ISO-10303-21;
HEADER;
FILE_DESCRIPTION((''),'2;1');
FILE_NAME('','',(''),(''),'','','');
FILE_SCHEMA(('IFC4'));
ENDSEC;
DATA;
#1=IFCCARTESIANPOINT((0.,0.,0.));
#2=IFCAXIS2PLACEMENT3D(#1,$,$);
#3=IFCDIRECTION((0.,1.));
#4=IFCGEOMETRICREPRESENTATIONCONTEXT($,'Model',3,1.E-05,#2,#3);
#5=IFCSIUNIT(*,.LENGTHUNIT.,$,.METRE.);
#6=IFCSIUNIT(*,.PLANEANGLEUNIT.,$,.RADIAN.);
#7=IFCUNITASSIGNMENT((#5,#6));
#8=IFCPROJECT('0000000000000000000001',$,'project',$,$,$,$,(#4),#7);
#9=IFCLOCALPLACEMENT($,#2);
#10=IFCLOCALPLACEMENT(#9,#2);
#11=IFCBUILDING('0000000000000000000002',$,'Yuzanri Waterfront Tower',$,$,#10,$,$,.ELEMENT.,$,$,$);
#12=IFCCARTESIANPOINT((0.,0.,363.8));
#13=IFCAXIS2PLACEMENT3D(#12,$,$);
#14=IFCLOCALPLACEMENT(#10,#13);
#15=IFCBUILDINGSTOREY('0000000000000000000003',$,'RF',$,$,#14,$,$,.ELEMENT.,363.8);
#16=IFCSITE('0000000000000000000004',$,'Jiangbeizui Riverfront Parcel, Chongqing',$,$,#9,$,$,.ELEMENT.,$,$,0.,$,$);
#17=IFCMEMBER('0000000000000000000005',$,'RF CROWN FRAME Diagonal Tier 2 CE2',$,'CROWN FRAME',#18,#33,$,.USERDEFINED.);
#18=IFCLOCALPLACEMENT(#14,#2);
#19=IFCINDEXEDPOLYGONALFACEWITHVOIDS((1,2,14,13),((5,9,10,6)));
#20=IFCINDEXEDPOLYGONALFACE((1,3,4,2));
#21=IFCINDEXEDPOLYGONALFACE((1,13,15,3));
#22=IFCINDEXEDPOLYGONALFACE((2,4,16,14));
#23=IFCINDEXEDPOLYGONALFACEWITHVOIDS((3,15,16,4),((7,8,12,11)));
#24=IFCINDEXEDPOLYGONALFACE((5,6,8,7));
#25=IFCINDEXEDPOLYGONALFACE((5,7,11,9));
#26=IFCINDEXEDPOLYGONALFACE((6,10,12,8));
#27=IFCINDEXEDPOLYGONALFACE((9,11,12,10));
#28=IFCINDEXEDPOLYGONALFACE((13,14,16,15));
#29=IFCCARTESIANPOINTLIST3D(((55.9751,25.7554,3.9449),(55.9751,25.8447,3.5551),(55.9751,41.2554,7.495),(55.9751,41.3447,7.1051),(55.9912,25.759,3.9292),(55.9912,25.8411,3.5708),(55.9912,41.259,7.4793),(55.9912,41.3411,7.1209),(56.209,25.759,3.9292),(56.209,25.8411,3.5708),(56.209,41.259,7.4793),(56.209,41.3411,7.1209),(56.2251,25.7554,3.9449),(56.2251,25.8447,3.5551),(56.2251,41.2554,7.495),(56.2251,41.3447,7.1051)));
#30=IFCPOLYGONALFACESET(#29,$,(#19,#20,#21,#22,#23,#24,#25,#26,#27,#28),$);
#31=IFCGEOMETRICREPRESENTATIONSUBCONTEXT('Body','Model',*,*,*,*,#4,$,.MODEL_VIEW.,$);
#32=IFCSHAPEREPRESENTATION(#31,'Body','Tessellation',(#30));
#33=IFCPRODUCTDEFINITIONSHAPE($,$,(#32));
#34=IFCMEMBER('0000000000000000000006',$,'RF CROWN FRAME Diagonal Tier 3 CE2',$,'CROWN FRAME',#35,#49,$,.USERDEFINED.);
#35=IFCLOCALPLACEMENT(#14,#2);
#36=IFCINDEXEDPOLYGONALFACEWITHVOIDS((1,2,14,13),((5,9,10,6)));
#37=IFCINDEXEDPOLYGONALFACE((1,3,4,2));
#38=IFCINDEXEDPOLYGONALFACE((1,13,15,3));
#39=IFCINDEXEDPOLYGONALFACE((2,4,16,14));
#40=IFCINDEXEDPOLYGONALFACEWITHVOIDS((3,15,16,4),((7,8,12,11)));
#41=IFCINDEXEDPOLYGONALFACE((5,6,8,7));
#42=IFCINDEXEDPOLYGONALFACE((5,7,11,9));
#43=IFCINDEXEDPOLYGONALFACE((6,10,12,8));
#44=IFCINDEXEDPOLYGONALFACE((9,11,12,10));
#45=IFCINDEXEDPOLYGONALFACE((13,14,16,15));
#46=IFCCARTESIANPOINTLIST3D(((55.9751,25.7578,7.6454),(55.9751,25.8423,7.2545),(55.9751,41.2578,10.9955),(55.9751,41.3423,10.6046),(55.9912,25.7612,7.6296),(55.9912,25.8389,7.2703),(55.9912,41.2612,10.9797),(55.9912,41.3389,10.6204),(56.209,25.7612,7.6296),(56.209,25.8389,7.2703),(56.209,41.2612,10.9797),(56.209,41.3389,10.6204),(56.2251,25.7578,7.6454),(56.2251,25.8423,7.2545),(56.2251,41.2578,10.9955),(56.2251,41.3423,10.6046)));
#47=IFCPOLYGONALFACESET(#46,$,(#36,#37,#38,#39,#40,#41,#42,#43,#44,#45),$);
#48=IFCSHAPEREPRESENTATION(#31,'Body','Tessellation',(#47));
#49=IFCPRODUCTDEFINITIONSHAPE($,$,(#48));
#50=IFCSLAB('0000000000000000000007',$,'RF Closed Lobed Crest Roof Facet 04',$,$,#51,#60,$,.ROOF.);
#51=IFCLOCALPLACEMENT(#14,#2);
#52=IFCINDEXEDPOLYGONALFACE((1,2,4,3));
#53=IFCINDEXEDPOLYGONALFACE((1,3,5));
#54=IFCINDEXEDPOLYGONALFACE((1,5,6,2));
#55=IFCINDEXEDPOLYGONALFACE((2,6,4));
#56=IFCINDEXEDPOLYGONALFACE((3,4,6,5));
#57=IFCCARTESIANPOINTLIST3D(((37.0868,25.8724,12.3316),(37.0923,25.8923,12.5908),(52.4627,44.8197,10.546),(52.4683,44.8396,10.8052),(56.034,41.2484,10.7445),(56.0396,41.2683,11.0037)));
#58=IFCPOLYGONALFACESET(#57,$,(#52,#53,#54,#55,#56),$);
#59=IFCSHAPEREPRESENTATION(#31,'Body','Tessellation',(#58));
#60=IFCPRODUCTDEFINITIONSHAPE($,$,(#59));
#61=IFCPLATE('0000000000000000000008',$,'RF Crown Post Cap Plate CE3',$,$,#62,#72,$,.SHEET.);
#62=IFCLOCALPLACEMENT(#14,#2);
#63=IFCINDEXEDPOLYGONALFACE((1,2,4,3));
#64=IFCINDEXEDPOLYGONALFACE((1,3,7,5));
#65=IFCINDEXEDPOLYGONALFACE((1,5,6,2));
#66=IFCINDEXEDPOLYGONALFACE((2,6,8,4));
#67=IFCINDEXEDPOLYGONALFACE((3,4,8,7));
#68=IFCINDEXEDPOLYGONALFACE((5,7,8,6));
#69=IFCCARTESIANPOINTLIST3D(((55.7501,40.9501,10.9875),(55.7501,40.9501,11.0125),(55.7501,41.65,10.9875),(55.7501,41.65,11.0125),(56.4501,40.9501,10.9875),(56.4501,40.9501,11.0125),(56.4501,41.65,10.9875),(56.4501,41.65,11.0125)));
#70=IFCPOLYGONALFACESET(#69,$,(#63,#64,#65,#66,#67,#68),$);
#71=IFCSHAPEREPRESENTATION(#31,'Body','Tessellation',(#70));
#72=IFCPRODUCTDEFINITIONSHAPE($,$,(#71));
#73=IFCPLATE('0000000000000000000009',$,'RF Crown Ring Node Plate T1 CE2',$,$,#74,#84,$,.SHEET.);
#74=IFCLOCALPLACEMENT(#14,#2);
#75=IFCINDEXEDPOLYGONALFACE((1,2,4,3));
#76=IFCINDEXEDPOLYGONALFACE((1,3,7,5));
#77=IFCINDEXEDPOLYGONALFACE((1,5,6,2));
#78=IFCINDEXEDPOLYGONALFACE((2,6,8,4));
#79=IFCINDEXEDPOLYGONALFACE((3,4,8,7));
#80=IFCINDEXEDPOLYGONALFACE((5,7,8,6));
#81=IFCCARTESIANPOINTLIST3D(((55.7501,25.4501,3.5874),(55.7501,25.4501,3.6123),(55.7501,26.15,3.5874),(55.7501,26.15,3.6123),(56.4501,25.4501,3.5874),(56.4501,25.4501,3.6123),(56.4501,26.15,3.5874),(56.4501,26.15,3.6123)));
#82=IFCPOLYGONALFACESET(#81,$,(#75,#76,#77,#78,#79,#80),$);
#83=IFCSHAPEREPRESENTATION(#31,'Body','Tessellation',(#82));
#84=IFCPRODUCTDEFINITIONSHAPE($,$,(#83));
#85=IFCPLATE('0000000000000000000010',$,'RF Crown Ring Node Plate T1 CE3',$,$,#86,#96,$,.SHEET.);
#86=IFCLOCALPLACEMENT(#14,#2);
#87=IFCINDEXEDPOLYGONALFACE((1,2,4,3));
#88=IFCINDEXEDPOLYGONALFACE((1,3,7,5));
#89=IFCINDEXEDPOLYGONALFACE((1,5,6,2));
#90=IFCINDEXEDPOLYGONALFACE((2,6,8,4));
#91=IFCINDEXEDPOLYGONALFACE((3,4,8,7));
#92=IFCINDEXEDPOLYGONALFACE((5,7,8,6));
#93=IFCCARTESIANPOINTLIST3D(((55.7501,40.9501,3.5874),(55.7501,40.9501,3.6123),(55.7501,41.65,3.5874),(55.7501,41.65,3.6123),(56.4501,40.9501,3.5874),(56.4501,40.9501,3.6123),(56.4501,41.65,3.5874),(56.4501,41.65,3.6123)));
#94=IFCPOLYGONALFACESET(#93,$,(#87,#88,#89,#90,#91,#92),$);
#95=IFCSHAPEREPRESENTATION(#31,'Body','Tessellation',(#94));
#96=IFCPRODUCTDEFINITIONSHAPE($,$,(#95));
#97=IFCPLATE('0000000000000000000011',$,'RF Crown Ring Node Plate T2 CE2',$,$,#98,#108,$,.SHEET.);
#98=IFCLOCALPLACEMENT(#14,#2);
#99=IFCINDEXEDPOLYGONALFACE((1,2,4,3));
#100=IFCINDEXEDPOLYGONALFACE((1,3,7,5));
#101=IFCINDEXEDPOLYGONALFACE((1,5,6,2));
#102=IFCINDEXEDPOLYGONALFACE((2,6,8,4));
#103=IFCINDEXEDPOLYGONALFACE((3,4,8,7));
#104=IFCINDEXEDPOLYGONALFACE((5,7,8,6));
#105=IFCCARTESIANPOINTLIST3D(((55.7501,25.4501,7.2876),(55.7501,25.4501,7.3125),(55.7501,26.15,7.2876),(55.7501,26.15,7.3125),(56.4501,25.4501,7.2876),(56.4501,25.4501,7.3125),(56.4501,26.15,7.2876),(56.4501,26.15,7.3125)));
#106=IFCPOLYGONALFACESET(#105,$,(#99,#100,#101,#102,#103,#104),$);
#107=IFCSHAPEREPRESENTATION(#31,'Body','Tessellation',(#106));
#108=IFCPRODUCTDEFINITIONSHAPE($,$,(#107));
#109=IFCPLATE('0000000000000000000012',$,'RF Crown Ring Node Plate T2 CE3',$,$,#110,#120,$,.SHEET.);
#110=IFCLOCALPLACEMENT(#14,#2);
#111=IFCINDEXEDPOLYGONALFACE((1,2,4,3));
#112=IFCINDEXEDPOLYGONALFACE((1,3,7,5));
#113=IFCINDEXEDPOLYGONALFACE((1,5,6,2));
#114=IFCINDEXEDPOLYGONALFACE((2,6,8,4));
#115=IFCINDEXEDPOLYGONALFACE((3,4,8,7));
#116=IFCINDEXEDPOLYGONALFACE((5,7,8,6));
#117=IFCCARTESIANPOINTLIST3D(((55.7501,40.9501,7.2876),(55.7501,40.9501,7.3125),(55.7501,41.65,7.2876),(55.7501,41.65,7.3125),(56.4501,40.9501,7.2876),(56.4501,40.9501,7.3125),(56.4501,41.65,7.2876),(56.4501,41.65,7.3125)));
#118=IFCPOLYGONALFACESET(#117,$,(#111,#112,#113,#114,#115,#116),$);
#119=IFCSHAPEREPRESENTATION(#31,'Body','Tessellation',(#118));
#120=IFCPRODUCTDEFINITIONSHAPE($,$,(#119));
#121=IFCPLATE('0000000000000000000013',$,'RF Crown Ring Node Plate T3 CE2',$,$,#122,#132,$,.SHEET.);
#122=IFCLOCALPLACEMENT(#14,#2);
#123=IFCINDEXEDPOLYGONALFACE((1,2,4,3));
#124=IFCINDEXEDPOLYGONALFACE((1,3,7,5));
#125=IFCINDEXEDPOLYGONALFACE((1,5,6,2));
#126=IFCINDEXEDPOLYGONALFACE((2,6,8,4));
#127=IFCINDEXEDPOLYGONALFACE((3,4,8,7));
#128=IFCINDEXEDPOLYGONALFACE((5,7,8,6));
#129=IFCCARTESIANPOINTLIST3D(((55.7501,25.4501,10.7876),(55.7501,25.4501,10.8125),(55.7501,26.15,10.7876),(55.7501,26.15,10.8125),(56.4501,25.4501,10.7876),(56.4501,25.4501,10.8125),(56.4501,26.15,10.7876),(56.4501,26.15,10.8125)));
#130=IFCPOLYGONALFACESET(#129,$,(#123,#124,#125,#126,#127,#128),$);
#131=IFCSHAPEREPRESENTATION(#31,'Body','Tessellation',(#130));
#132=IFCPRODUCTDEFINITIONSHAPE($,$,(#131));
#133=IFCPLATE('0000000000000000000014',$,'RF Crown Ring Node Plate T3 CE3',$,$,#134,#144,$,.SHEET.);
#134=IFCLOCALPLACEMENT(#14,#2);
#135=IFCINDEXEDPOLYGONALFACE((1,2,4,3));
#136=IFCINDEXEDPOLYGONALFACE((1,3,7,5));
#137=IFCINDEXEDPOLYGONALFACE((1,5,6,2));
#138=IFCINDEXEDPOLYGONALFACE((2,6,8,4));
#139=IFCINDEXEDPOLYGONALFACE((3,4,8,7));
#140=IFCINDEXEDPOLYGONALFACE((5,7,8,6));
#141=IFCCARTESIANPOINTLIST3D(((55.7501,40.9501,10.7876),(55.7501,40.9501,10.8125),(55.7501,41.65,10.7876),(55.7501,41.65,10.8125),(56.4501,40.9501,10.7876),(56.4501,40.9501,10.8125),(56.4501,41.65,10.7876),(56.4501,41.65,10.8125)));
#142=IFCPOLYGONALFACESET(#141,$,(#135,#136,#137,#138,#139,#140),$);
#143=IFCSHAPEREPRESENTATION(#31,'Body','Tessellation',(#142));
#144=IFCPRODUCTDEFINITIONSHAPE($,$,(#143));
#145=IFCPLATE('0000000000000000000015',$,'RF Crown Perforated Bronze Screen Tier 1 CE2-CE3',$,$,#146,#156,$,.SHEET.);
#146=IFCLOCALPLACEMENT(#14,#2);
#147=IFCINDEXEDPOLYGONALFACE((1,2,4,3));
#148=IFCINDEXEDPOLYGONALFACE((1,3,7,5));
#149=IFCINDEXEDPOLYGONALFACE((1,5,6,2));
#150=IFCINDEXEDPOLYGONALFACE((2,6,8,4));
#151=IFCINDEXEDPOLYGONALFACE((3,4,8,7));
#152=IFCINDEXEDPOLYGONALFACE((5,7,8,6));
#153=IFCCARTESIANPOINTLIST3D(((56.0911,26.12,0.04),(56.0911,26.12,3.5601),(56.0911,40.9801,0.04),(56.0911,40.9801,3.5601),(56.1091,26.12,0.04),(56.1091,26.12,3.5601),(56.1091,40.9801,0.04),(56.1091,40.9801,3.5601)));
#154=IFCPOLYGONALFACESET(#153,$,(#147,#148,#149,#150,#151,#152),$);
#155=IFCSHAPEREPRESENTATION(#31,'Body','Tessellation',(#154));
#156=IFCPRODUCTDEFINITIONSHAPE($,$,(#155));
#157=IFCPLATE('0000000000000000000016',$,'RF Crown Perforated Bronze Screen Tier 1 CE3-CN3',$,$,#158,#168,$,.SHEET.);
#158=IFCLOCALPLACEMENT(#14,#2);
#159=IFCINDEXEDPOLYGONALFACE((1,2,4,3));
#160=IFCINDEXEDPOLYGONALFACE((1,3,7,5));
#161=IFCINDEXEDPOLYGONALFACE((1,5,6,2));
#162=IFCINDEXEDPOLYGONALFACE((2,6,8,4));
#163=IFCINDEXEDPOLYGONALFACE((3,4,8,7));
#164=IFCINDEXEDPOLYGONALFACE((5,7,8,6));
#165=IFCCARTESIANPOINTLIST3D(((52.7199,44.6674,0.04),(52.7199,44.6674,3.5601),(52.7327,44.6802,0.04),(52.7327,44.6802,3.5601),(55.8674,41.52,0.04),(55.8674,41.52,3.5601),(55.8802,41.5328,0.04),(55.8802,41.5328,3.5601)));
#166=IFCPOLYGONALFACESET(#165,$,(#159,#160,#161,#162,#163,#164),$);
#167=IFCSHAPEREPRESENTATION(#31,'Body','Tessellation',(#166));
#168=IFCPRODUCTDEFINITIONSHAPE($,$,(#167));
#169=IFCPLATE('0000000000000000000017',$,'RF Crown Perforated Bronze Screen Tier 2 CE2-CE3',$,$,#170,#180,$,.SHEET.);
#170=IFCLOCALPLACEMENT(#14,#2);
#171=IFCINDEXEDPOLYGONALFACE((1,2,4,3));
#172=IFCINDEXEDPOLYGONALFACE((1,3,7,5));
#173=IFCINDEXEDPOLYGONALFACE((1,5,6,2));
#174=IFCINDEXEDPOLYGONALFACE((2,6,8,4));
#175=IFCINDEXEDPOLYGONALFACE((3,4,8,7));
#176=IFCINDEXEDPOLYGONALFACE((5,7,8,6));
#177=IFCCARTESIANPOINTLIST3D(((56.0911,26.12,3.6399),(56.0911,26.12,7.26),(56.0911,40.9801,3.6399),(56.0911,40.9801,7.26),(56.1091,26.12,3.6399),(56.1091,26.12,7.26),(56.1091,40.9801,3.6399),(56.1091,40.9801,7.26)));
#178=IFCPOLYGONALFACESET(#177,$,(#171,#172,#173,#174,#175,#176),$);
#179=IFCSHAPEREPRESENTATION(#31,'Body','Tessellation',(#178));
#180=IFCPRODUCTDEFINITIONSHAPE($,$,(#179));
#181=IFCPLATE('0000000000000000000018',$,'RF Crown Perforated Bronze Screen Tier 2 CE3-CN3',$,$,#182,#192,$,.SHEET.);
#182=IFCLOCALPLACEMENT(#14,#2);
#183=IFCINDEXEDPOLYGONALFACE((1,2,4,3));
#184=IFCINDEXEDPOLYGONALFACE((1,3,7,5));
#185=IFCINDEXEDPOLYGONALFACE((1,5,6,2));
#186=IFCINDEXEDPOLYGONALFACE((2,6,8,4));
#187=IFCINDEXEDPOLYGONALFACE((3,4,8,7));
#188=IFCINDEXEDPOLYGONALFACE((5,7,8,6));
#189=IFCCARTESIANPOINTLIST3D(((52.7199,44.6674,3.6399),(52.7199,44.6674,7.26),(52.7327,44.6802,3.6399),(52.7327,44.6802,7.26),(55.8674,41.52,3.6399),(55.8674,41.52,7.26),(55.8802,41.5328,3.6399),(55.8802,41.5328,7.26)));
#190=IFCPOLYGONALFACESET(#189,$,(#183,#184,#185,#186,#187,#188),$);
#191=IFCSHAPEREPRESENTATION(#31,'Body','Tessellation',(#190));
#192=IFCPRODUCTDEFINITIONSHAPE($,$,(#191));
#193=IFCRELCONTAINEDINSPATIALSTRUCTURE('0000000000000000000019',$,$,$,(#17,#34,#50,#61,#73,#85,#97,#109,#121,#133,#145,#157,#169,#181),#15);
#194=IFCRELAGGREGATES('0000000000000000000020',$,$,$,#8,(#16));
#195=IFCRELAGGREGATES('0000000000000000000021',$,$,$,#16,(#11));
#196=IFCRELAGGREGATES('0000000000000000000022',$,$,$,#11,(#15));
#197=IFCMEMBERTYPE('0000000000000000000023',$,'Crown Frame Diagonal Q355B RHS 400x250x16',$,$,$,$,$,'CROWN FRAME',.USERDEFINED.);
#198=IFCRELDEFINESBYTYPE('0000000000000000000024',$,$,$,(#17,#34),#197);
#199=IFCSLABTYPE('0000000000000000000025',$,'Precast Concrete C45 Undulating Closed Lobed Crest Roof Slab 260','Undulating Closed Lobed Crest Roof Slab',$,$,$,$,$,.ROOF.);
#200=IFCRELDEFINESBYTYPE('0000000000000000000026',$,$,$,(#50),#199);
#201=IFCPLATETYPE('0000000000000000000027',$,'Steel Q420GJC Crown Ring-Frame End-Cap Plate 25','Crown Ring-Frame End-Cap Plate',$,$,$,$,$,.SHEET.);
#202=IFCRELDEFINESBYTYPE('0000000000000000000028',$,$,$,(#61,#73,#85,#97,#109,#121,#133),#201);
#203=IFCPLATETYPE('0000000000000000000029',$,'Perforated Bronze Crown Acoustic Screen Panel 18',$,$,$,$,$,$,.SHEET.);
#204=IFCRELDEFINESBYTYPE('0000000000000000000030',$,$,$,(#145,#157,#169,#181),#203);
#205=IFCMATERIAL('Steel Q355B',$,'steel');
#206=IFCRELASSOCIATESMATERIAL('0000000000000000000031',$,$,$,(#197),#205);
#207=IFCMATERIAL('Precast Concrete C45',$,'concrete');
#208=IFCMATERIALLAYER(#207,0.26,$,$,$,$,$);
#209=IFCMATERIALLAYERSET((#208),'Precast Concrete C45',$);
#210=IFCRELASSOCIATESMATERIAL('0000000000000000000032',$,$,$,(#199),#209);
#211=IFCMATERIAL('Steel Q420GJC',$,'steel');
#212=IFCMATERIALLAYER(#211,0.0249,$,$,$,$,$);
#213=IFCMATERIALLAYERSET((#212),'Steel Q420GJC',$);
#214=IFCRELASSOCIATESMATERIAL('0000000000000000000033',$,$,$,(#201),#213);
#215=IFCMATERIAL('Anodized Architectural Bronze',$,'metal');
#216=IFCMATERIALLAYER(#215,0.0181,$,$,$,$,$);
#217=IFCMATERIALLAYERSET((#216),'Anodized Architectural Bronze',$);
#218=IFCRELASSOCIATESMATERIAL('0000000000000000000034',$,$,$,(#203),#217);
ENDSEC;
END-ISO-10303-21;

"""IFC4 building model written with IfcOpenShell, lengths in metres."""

from ifc_helpers import new_model, si_unit, direction, frame, origin, origin_2d, place, context, subcontext, project, spatial, polyline, rectangle, hollow_rectangle, outline, extrude, source, transform, mapped, material, layer, layer_set, material_profile, profile_set, type_object, element, save


model = new_model("IFC4")

# Units and contexts
model_context = context("Model", 3, precision=1e-05, world=origin(), true_north=direction((0.0, 1.0)))
body_context = subcontext(model_context, "Body", "Model", "MODEL_VIEW")
ifc_project = project(units=[si_unit("LENGTHUNIT", "METRE"), si_unit("PLANEANGLEUNIT", "RADIAN")], contexts=[model_context])

# Site, building, storey
site_placement = place(None, origin())
site = spatial("IfcSite", under=ifc_project, at=site_placement, Name="Jiangbeizui Riverfront Parcel, Chongqing", CompositionType="ELEMENT", RefElevation=0.0)
building_placement = place(site_placement, origin())
building = spatial("IfcBuilding", under=site, at=building_placement, Name="Yuzanri Waterfront Tower", CompositionType="ELEMENT")
storey_placement = place(building_placement, frame((0.0, 0.0, 363.8)))
storey = spatial("IfcBuildingStorey", under=building, at=storey_placement, Name="RF", CompositionType="ELEMENT", Elevation=363.8)

# Members
ifc_material_1 = material(Name="Steel Q355B", Category="steel")
ifc_material_profile_1 = material_profile(ifc_material_1, hollow_rectangle(XDim=0.25, YDim=0.3999, WallThickness=0.0161, at=origin_2d()), Name="RHS 400x250x16")
ifc_profile_set_1 = profile_set([ifc_material_profile_1], Name="Steel Q355B")
member_type_1 = type_object("IfcMemberType", Name="Crown Frame Diagonal Q355B RHS 400x250x16", ElementType="CROWN FRAME", PredefinedType="USERDEFINED", material=ifc_profile_set_1)
shared_shape_1 = source(origin(), body_context, "Body", "SweptSolid", [
    extrude(hollow_rectangle(XDim=0.25, YDim=0.3999, WallThickness=0.0161, at=origin_2d()), origin(), (0.0, 0.0, 1.0), 15.9014),
])
member_1_placement = place(storey_placement, frame((56.1001, 25.8, 3.75), z_axis=(0.0, 0.97476, 0.223255), x_axis=(-1.0, 0.0, 0.0)))
element("IfcMember", 1, at=member_1_placement, inside=storey, type_object=member_type_1, Name="RF CROWN FRAME Diagonal Tier 2 CE2", ObjectType="CROWN FRAME", PredefinedType="USERDEFINED", context=body_context, shape_type="MappedRepresentation", body=[
    mapped(shared_shape_1, transform((0.0, 0.0, 0.0), scale=1.0)),
])
shared_shape_2 = source(origin(), body_context, "Body", "SweptSolid", [
    extrude(hollow_rectangle(XDim=0.25, YDim=0.3999, WallThickness=0.0161, at=origin_2d()), origin(), (0.0, 0.0, 1.0), 15.8579),
])
member_2_placement = place(storey_placement, frame((56.1001, 25.8, 7.45), z_axis=(0.0, 0.97743, 0.211257), x_axis=(-1.0, 0.0, 0.0)))
element("IfcMember", 2, at=member_2_placement, inside=storey, type_object=member_type_1, Name="RF CROWN FRAME Diagonal Tier 3 CE2", ObjectType="CROWN FRAME", PredefinedType="USERDEFINED", context=body_context, shape_type="MappedRepresentation", body=[
    mapped(shared_shape_2, transform((0.0, 0.0, 0.0), scale=1.0)),
])

# Slab
ifc_material_2 = material(Name="Precast Concrete C45", Category="concrete")
ifc_layer_1 = layer(ifc_material_2, 0.26)
ifc_layer_set_1 = layer_set([ifc_layer_1], Name="Precast Concrete C45")
slab_type = type_object("IfcSlabType", Name="Precast Concrete C45 Undulating Closed Lobed Crest Roof Slab 260", Description="Undulating Closed Lobed Crest Roof Slab", PredefinedType="ROOF", material=ifc_layer_set_1)
slab_placement = place(storey_placement, frame((56.0396, 41.2683, 11.0037), z_axis=(0.021276, 0.076678, 0.996829), x_axis=(-0.706561, 0.706561, -0.03927)))
element("IfcSlab", 3, at=slab_placement, inside=storey, type_object=slab_type, Name="RF Closed Lobed Crest Roof Facet 04", PredefinedType="ROOF", context=body_context, shape_type="SweptSolid", body=[
    extrude(outline(polyline([(0.0, 0.0), (5.0545, 0.0), (2.461, 24.3286), (0.0, 0.0)])), origin(), (0.0, 0.0, -1.0), 0.26),
])

# Plates
ifc_material_3 = material(Name="Steel Q420GJC", Category="steel")
ifc_layer_2 = layer(ifc_material_3, 0.0249)
ifc_layer_set_2 = layer_set([ifc_layer_2], Name="Steel Q420GJC")
plate_type_1 = type_object("IfcPlateType", Name="Steel Q420GJC Crown Ring-Frame End-Cap Plate 25", Description="Crown Ring-Frame End-Cap Plate", PredefinedType="SHEET", material=ifc_layer_set_2)
shared_shape_3 = source(origin(), body_context, "Body", "SweptSolid", [
    extrude(rectangle(XDim=0.7, YDim=0.7, at=origin_2d()), origin(), (0.0, 0.0, 1.0), 0.0249),
])
for number, where, z_axis, x_axis, name in (
    (4, (56.1001, 41.3, 10.9875), (0.0, 0.0, 1.0), (1.0, 0.0, 0.0), "RF Crown Post Cap Plate CE3"),
    (5, (56.1001, 25.8, 3.5874), (0.0, 0.0, 1.0), (1.0, 0.0, 0.0), "RF Crown Ring Node Plate T1 CE2"),
    (6, (56.1001, 41.3, 3.5874), (0.0, 0.0, 1.0), (1.0, 0.0, 0.0), "RF Crown Ring Node Plate T1 CE3"),
    (7, (56.1001, 25.8, 7.2876), (0.0, 0.0, 1.0), (1.0, 0.0, 0.0), "RF Crown Ring Node Plate T2 CE2"),
    (8, (56.1001, 41.3, 7.2876), (0.0, 0.0, 1.0), (1.0, 0.0, 0.0), "RF Crown Ring Node Plate T2 CE3"),
    (9, (56.1001, 25.8, 10.7876), (0.0, 0.0, 1.0), (1.0, 0.0, 0.0), "RF Crown Ring Node Plate T3 CE2"),
    (10, (56.1001, 41.3, 10.7876), (0.0, 0.0, 1.0), (1.0, 0.0, 0.0), "RF Crown Ring Node Plate T3 CE3"),
):
    element("IfcPlate", number, at=place(storey_placement, frame(where, z_axis=z_axis, x_axis=x_axis)), inside=storey, type_object=plate_type_1, Name=name, PredefinedType="SHEET", context=body_context, shape_type="MappedRepresentation", body=[
        mapped(shared_shape_3, transform((0.0, 0.0, 0.0), scale=1.0)),
    ])
ifc_material_4 = material(Name="Anodized Architectural Bronze", Category="metal")
ifc_layer_3 = layer(ifc_material_4, 0.0181)
ifc_layer_set_3 = layer_set([ifc_layer_3], Name="Anodized Architectural Bronze")
plate_type_2 = type_object("IfcPlateType", Name="Perforated Bronze Crown Acoustic Screen Panel 18", PredefinedType="SHEET", material=ifc_layer_set_3)
shared_shape_4 = source(origin(), body_context, "Body", "SweptSolid", [
    extrude(rectangle(XDim=14.8601, YDim=0.0181, at=origin_2d()), origin(), (0.0, 0.0, 1.0), 3.52),
])
plate_1_placement = place(storey_placement, frame((56.1001, 33.55, 0.04), z_axis=(0.0, 0.0, 1.0), x_axis=(0.0, 1.0, 0.0)))
element("IfcPlate", 11, at=plate_1_placement, inside=storey, type_object=plate_type_2, Name="RF Crown Perforated Bronze Screen Tier 1 CE2-CE3", PredefinedType="SHEET", context=body_context, shape_type="MappedRepresentation", body=[
    mapped(shared_shape_4, transform((0.0, 0.0, 0.0), scale=1.0)),
])
shared_shape_5 = source(origin(), body_context, "Body", "SweptSolid", [
    extrude(rectangle(XDim=4.4512, YDim=0.0181, at=origin_2d()), origin(), (0.0, 0.0, 1.0), 3.52),
])
plate_2_placement = place(storey_placement, frame((54.3, 43.1001, 0.04), z_axis=(0.0, 0.0, 1.0), x_axis=(-0.707107, 0.707107, 0.0)))
element("IfcPlate", 12, at=plate_2_placement, inside=storey, type_object=plate_type_2, Name="RF Crown Perforated Bronze Screen Tier 1 CE3-CN3", PredefinedType="SHEET", context=body_context, shape_type="MappedRepresentation", body=[
    mapped(shared_shape_5, transform((0.0, 0.0, 0.0), scale=1.0)),
])
shared_shape_6 = source(origin(), body_context, "Body", "SweptSolid", [
    extrude(rectangle(XDim=14.8601, YDim=0.0181, at=origin_2d()), origin(), (0.0, 0.0, 1.0), 3.6201),
])
plate_3_placement = place(storey_placement, frame((56.1001, 33.55, 3.6399), z_axis=(0.0, 0.0, 1.0), x_axis=(0.0, 1.0, 0.0)))
element("IfcPlate", 13, at=plate_3_placement, inside=storey, type_object=plate_type_2, Name="RF Crown Perforated Bronze Screen Tier 2 CE2-CE3", PredefinedType="SHEET", context=body_context, shape_type="MappedRepresentation", body=[
    mapped(shared_shape_6, transform((0.0, 0.0, 0.0), scale=1.0)),
])
shared_shape_7 = source(origin(), body_context, "Body", "SweptSolid", [
    extrude(rectangle(XDim=4.4512, YDim=0.0181, at=origin_2d()), origin(), (0.0, 0.0, 1.0), 3.6201),
])
plate_4_placement = place(storey_placement, frame((54.3, 43.1001, 3.6399), z_axis=(0.0, 0.0, 1.0), x_axis=(-0.707107, 0.707107, 0.0)))
element("IfcPlate", 14, at=plate_4_placement, inside=storey, type_object=plate_type_2, Name="RF Crown Perforated Bronze Screen Tier 2 CE3-CN3", PredefinedType="SHEET", context=body_context, shape_type="MappedRepresentation", body=[
    mapped(shared_shape_7, transform((0.0, 0.0, 0.0), scale=1.0)),
])

save(model, "model.ifc")
